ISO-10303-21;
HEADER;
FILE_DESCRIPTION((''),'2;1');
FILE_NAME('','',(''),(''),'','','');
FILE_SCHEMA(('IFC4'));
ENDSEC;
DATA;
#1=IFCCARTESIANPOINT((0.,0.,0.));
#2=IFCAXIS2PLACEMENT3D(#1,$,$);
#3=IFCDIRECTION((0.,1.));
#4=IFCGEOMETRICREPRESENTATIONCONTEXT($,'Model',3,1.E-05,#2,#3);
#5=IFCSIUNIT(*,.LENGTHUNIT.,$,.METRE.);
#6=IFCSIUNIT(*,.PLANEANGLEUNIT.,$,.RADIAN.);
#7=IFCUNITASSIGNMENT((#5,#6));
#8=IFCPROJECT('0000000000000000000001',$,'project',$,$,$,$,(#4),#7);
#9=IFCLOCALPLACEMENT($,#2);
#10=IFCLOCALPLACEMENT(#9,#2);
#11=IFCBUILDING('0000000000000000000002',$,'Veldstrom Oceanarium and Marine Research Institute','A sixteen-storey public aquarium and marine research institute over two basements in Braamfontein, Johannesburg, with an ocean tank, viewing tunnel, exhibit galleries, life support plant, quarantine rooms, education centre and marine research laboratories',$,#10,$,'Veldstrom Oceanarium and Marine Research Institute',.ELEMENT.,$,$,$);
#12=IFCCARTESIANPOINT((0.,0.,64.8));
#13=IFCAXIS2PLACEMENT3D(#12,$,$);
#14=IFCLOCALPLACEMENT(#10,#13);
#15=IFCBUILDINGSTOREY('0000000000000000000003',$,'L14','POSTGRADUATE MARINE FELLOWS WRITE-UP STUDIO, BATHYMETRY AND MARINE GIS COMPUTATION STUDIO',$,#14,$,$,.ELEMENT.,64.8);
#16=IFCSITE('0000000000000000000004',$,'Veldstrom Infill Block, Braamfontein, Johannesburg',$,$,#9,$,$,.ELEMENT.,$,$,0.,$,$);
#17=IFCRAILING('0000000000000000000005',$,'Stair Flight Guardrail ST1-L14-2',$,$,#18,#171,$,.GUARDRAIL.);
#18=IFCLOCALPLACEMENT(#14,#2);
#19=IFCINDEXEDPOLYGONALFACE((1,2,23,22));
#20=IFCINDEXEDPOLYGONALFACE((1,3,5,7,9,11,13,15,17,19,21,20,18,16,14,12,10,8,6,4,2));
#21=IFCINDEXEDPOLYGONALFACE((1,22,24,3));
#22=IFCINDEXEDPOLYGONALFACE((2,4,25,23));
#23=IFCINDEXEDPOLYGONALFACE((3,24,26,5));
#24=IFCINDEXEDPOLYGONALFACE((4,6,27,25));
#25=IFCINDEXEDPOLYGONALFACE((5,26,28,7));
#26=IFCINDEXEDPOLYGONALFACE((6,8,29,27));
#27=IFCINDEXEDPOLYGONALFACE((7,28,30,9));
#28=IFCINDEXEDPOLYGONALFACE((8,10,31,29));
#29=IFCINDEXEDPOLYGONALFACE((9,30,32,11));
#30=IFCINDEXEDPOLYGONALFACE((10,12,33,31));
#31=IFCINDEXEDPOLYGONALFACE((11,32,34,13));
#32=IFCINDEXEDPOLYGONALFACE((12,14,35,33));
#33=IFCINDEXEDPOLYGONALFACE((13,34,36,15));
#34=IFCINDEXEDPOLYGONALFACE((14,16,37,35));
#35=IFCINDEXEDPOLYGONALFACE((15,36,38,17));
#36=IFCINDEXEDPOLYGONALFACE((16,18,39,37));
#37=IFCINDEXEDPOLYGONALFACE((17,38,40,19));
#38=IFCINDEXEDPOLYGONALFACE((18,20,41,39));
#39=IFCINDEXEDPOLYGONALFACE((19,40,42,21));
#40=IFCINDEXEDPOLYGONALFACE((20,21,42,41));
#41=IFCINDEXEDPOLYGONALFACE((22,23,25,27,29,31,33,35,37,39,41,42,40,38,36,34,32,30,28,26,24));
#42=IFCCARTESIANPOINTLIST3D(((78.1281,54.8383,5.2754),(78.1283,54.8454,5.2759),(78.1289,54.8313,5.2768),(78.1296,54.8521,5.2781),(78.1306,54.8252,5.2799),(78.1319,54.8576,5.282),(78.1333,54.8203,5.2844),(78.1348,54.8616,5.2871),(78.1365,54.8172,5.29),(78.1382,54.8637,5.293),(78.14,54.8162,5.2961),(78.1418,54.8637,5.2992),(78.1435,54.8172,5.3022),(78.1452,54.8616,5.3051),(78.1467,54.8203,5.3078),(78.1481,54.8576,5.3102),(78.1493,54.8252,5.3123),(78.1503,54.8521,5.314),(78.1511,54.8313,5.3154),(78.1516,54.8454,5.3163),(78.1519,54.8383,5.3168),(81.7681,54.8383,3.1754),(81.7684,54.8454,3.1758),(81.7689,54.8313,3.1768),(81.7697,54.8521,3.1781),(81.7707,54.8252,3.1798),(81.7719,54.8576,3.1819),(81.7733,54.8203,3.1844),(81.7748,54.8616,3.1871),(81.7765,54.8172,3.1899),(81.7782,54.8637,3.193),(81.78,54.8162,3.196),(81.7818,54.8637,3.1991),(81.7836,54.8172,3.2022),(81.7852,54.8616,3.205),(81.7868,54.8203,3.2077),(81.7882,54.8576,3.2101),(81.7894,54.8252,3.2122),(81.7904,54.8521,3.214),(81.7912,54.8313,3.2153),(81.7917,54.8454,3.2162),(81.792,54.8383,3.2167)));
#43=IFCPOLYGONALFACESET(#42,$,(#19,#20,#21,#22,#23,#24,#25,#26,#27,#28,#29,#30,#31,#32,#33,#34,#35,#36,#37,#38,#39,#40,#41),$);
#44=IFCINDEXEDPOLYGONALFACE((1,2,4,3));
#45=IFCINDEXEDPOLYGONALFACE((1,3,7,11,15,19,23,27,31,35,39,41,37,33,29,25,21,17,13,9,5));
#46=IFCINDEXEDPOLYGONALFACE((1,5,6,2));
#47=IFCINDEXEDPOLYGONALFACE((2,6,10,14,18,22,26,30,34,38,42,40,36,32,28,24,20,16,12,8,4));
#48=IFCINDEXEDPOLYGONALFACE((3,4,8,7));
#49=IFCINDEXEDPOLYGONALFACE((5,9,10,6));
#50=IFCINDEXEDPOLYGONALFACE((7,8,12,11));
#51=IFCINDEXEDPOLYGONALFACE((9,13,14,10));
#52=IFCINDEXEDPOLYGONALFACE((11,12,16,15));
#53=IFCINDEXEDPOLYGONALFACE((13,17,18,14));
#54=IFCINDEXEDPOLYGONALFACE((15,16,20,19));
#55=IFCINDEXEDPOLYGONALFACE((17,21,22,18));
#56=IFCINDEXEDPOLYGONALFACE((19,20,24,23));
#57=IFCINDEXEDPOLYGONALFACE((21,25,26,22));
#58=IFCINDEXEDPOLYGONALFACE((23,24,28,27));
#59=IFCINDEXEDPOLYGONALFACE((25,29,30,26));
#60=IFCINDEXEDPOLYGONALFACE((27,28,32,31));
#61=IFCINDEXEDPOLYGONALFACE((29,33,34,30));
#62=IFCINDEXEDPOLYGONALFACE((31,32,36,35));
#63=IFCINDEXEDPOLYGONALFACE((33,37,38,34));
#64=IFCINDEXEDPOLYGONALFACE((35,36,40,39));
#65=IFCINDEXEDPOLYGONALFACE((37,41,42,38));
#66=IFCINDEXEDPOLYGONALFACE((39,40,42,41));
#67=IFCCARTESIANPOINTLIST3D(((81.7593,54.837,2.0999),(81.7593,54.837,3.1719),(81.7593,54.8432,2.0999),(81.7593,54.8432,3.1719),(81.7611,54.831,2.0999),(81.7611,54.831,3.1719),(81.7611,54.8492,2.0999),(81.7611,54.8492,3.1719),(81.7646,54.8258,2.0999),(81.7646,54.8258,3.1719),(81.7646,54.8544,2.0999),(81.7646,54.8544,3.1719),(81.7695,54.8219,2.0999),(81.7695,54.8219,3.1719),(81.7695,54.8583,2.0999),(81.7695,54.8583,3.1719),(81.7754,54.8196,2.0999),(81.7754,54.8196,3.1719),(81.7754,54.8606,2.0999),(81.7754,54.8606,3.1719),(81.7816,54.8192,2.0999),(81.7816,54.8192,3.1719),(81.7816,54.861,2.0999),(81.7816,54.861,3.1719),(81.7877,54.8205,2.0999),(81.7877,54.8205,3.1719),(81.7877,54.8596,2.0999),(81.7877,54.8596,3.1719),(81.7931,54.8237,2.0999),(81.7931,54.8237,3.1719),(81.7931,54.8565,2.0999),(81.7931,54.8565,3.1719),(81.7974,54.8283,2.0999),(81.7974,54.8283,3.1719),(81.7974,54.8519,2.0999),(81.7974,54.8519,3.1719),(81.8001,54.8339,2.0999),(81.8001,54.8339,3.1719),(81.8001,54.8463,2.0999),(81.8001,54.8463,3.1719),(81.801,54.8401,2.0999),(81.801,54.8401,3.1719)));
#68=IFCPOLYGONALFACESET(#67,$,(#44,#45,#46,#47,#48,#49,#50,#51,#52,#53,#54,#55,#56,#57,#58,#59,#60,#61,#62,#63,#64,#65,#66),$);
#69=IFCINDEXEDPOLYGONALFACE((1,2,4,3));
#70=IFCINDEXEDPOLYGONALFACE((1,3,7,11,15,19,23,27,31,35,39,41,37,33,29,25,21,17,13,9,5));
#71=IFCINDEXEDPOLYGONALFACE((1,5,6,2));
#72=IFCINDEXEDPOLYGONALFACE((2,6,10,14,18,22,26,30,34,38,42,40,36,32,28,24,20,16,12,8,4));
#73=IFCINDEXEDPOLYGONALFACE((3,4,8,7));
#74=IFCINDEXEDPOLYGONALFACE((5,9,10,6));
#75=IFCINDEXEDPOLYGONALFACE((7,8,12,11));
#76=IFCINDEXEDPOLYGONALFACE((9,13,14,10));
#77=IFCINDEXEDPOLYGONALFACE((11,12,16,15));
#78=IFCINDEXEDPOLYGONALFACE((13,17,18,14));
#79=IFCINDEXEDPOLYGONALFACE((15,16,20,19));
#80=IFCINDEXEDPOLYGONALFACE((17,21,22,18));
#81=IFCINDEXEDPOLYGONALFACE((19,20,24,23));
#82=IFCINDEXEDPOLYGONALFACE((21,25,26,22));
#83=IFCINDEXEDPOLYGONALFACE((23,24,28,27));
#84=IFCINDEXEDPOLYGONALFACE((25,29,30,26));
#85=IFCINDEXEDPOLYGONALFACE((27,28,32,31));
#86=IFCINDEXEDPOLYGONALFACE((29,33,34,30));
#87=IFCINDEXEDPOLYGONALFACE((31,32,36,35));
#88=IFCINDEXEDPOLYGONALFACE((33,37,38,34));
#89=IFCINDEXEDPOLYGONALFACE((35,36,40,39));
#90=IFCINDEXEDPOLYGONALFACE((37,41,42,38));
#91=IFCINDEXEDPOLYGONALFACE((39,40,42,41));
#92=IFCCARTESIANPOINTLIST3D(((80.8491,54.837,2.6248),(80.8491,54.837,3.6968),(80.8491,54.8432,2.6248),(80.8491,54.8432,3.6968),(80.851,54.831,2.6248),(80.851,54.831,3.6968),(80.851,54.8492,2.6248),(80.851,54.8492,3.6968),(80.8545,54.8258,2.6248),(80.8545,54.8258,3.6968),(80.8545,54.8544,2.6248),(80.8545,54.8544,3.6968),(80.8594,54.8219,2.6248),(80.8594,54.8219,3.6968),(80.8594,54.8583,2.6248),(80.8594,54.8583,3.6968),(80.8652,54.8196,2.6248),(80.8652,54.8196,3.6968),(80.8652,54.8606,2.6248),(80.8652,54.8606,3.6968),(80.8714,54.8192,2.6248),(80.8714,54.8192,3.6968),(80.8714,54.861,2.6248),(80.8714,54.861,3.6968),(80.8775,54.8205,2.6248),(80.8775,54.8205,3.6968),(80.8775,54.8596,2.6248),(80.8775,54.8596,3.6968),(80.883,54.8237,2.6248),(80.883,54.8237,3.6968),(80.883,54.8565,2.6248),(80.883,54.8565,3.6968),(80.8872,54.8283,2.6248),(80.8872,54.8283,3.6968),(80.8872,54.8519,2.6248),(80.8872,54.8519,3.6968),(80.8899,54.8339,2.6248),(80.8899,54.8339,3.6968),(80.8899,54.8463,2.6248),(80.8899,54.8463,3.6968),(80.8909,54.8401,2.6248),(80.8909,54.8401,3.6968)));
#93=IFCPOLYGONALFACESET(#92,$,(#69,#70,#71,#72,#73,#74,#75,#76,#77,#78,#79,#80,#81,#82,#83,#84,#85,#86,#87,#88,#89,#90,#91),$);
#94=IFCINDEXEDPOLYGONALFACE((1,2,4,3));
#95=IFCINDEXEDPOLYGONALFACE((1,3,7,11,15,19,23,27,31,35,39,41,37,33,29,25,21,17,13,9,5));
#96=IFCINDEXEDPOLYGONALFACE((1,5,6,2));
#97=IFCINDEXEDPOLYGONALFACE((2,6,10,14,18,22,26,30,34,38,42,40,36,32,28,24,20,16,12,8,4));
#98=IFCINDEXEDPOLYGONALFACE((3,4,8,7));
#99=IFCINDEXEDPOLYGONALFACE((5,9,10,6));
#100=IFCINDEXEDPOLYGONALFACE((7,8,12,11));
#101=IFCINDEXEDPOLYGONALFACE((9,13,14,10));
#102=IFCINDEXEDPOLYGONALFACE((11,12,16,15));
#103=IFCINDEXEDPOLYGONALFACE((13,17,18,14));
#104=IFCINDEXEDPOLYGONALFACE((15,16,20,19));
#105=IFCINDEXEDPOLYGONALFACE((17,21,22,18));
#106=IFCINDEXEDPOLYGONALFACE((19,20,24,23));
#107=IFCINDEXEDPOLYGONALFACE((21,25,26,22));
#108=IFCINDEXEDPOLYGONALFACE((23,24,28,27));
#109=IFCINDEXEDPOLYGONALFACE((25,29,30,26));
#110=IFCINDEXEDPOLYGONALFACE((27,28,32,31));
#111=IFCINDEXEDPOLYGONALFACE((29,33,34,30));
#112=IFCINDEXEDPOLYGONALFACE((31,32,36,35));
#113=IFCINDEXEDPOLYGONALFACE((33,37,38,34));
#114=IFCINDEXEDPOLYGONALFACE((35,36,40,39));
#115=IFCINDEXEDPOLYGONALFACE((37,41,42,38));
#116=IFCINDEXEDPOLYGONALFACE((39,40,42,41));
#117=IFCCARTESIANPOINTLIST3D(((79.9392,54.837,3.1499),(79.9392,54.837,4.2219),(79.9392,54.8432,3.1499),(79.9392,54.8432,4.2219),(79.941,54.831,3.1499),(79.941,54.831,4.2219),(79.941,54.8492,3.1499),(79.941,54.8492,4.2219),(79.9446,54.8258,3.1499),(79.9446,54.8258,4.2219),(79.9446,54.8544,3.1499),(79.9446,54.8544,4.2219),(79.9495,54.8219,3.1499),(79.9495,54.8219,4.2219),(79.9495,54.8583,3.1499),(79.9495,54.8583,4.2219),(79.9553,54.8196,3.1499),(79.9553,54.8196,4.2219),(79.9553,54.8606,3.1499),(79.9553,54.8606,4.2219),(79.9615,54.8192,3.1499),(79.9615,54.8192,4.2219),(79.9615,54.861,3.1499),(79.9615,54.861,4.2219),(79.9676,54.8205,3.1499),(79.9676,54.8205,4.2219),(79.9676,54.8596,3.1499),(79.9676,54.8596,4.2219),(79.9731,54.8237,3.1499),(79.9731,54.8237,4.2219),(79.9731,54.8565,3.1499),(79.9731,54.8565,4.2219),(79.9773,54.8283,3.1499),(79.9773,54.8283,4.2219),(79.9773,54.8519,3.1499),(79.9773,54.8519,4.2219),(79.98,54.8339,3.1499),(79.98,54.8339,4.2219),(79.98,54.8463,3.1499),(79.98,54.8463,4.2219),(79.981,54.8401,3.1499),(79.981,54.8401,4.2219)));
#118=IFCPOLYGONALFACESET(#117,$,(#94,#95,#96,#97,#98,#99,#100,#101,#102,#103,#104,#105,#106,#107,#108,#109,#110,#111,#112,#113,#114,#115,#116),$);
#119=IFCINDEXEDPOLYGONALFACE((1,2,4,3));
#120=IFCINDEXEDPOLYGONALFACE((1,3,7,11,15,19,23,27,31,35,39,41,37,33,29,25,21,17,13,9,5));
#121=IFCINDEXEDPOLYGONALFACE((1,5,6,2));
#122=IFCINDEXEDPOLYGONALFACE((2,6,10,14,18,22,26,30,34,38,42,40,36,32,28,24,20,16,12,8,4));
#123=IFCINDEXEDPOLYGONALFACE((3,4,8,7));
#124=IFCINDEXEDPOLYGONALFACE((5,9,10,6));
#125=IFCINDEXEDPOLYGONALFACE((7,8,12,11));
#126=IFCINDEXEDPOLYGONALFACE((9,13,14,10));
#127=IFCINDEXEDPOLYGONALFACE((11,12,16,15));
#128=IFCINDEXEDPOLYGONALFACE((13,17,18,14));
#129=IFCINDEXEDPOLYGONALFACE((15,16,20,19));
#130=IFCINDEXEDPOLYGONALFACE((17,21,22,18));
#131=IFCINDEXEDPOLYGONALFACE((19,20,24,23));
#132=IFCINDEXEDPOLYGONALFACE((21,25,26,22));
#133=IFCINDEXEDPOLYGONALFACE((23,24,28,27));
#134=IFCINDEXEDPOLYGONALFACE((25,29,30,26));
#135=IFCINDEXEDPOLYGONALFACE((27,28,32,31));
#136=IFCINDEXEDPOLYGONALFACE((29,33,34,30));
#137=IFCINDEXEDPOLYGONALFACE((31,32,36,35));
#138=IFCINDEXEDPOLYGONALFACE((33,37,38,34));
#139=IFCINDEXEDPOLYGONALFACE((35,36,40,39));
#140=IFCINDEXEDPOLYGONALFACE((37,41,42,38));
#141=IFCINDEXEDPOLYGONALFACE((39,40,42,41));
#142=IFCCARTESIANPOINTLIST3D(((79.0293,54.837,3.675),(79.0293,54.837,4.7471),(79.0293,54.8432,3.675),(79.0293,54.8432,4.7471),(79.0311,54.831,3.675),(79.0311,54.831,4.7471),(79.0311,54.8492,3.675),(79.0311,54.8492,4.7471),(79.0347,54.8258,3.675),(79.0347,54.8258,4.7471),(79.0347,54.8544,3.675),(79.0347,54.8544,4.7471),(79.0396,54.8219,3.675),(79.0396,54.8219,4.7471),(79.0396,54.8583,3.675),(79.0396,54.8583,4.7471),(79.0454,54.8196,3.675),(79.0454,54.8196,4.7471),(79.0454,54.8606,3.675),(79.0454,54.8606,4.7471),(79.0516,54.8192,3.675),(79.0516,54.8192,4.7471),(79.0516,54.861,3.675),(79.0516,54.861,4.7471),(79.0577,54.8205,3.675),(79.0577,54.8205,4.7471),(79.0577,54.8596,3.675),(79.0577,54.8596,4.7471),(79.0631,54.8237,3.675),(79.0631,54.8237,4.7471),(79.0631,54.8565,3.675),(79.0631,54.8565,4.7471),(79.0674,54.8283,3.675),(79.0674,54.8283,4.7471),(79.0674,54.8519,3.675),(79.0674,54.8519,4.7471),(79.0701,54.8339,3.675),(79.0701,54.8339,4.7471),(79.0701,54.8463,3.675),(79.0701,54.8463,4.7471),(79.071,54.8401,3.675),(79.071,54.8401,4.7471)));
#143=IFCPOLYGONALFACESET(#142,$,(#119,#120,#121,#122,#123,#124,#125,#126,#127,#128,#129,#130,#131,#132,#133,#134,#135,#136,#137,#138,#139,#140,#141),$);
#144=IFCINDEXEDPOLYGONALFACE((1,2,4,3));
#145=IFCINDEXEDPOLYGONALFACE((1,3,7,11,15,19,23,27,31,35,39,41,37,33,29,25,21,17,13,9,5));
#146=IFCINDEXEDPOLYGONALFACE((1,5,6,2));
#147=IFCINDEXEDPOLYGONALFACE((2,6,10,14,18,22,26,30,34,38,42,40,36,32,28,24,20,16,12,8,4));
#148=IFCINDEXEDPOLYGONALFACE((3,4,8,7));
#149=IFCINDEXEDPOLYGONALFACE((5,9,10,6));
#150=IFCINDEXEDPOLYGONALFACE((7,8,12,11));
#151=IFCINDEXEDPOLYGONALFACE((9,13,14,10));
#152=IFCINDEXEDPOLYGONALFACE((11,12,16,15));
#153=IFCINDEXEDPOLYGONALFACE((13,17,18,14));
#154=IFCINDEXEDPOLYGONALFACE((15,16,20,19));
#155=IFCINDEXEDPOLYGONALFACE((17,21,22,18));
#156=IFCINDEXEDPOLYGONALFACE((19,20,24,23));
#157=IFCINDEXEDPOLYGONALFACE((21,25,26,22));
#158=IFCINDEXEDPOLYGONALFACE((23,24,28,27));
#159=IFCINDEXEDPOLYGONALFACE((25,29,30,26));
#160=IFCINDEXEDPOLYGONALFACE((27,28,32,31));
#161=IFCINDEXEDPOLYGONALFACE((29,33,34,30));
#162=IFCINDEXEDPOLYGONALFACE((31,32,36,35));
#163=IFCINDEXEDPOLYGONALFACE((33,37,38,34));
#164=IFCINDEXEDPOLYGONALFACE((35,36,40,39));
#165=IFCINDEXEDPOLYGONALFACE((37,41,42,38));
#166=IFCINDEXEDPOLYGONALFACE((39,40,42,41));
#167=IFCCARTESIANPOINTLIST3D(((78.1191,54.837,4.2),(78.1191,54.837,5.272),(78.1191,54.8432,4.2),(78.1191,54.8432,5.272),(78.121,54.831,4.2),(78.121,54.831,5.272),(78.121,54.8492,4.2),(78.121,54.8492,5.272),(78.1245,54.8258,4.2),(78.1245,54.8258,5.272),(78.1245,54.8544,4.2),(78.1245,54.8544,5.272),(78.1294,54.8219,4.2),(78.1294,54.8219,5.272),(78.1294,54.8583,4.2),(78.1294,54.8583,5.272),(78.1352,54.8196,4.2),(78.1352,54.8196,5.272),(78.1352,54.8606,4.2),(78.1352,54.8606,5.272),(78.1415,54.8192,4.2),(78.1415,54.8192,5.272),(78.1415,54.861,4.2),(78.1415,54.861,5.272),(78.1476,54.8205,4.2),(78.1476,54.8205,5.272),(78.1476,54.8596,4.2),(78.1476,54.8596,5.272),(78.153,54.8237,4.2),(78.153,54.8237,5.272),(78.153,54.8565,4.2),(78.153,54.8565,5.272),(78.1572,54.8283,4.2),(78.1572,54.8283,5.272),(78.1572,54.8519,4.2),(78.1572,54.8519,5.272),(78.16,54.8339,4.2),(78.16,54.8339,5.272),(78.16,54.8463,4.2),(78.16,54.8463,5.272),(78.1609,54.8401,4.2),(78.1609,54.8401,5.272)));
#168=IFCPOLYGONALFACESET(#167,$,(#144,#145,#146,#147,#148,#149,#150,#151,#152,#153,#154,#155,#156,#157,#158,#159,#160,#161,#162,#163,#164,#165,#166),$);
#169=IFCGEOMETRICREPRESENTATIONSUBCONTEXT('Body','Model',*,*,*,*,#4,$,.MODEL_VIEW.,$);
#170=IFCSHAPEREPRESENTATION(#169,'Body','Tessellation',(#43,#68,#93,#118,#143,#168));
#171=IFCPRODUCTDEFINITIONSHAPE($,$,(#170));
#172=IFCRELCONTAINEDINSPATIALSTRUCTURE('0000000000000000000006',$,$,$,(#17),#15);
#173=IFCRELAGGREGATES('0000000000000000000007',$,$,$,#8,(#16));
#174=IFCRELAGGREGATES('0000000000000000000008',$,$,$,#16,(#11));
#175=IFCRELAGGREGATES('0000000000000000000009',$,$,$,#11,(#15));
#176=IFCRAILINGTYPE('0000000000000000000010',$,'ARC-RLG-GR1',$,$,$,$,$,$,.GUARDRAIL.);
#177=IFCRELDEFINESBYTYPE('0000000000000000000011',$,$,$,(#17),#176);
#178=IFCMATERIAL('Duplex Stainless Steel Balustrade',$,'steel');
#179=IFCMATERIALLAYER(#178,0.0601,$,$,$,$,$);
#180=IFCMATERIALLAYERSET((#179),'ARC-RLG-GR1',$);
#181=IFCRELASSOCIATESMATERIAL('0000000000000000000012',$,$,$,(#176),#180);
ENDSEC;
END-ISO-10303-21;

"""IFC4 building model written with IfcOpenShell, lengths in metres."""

from ifc_helpers import new_model, si_unit, direction, frame, origin, origin_2d, place, context, subcontext, project, spatial, circle, extrude, material, layer, layer_set, type_object, element, save


model = new_model("IFC4")

# Units and contexts
model_context = context("Model", 3, precision=1e-05, world=origin(), true_north=direction((0.0, 1.0)))
body_context = subcontext(model_context, "Body", "Model", "MODEL_VIEW")
ifc_project = project(units=[si_unit("LENGTHUNIT", "METRE"), si_unit("PLANEANGLEUNIT", "RADIAN")], contexts=[model_context])

# Site, building, storey
site_placement = place(None, origin())
site = spatial("IfcSite", under=ifc_project, at=site_placement, Name="Veldstrom Infill Block, Braamfontein, Johannesburg", CompositionType="ELEMENT", RefElevation=0.0)
building_placement = place(site_placement, origin())
building = spatial("IfcBuilding", under=site, at=building_placement, Name="Veldstrom Oceanarium and Marine Research Institute", Description="A sixteen-storey public aquarium and marine research institute over two basements in Braamfontein, Johannesburg, with an ocean tank, viewing tunnel, exhibit galleries, life support plant, quarantine rooms, education centre and marine research laboratories", LongName="Veldstrom Oceanarium and Marine Research Institute", CompositionType="ELEMENT")
storey_placement = place(building_placement, frame((0.0, 0.0, 64.8)))
storey = spatial("IfcBuildingStorey", under=building, at=storey_placement, Name="L14", Description="POSTGRADUATE MARINE FELLOWS WRITE-UP STUDIO, BATHYMETRY AND MARINE GIS COMPUTATION STUDIO", CompositionType="ELEMENT", Elevation=64.8)

# Railing
ifc_material_1 = material(Name="Duplex Stainless Steel Balustrade", Category="steel")
ifc_layer_1 = layer(ifc_material_1, 0.0601)
ifc_layer_set_1 = layer_set([ifc_layer_1], Name="ARC-RLG-GR1")
railing_type_1 = type_object("IfcRailingType", Name="ARC-RLG-GR1", PredefinedType="GUARDRAIL", material=ifc_layer_set_1)
railing_1_placement = place(storey_placement, frame((81.78, 54.8401, 2.0999)))
element("IfcRailing", 1, at=railing_1_placement, inside=storey, type_object=railing_type_1, Name="Stair Flight Guardrail ST1-L14-2", PredefinedType="GUARDRAIL", context=body_context, shape_type="SweptSolid", body=[
    extrude(circle(Radius=0.0239, at=origin_2d()), frame((0.0, 0.0, 1.0962), z_axis=(-0.866184, 0.0, 0.499726), x_axis=(0.0, -1.0, 0.0)), (0.0, 0.0, 1.0), 4.2024),
    extrude(circle(Radius=0.021, at=origin_2d()), origin(), (0.0, 0.0, 1.0), 1.072),
    extrude(circle(Radius=0.021, at=origin_2d()), frame((-0.9102, 0.0, 0.5249)), (0.0, 0.0, 1.0), 1.072),
    extrude(circle(Radius=0.021, at=origin_2d()), frame((-1.8201, 0.0, 1.05)), (0.0, 0.0, 1.0), 1.072),
    extrude(circle(Radius=0.021, at=origin_2d()), frame((-2.73, 0.0, 1.5752)), (0.0, 0.0, 1.0), 1.072),
    extrude(circle(Radius=0.021, at=origin_2d()), frame((-3.6401, 0.0, 2.1001)), (0.0, 0.0, 1.0), 1.072),
])

save(model, "model.ifc")
